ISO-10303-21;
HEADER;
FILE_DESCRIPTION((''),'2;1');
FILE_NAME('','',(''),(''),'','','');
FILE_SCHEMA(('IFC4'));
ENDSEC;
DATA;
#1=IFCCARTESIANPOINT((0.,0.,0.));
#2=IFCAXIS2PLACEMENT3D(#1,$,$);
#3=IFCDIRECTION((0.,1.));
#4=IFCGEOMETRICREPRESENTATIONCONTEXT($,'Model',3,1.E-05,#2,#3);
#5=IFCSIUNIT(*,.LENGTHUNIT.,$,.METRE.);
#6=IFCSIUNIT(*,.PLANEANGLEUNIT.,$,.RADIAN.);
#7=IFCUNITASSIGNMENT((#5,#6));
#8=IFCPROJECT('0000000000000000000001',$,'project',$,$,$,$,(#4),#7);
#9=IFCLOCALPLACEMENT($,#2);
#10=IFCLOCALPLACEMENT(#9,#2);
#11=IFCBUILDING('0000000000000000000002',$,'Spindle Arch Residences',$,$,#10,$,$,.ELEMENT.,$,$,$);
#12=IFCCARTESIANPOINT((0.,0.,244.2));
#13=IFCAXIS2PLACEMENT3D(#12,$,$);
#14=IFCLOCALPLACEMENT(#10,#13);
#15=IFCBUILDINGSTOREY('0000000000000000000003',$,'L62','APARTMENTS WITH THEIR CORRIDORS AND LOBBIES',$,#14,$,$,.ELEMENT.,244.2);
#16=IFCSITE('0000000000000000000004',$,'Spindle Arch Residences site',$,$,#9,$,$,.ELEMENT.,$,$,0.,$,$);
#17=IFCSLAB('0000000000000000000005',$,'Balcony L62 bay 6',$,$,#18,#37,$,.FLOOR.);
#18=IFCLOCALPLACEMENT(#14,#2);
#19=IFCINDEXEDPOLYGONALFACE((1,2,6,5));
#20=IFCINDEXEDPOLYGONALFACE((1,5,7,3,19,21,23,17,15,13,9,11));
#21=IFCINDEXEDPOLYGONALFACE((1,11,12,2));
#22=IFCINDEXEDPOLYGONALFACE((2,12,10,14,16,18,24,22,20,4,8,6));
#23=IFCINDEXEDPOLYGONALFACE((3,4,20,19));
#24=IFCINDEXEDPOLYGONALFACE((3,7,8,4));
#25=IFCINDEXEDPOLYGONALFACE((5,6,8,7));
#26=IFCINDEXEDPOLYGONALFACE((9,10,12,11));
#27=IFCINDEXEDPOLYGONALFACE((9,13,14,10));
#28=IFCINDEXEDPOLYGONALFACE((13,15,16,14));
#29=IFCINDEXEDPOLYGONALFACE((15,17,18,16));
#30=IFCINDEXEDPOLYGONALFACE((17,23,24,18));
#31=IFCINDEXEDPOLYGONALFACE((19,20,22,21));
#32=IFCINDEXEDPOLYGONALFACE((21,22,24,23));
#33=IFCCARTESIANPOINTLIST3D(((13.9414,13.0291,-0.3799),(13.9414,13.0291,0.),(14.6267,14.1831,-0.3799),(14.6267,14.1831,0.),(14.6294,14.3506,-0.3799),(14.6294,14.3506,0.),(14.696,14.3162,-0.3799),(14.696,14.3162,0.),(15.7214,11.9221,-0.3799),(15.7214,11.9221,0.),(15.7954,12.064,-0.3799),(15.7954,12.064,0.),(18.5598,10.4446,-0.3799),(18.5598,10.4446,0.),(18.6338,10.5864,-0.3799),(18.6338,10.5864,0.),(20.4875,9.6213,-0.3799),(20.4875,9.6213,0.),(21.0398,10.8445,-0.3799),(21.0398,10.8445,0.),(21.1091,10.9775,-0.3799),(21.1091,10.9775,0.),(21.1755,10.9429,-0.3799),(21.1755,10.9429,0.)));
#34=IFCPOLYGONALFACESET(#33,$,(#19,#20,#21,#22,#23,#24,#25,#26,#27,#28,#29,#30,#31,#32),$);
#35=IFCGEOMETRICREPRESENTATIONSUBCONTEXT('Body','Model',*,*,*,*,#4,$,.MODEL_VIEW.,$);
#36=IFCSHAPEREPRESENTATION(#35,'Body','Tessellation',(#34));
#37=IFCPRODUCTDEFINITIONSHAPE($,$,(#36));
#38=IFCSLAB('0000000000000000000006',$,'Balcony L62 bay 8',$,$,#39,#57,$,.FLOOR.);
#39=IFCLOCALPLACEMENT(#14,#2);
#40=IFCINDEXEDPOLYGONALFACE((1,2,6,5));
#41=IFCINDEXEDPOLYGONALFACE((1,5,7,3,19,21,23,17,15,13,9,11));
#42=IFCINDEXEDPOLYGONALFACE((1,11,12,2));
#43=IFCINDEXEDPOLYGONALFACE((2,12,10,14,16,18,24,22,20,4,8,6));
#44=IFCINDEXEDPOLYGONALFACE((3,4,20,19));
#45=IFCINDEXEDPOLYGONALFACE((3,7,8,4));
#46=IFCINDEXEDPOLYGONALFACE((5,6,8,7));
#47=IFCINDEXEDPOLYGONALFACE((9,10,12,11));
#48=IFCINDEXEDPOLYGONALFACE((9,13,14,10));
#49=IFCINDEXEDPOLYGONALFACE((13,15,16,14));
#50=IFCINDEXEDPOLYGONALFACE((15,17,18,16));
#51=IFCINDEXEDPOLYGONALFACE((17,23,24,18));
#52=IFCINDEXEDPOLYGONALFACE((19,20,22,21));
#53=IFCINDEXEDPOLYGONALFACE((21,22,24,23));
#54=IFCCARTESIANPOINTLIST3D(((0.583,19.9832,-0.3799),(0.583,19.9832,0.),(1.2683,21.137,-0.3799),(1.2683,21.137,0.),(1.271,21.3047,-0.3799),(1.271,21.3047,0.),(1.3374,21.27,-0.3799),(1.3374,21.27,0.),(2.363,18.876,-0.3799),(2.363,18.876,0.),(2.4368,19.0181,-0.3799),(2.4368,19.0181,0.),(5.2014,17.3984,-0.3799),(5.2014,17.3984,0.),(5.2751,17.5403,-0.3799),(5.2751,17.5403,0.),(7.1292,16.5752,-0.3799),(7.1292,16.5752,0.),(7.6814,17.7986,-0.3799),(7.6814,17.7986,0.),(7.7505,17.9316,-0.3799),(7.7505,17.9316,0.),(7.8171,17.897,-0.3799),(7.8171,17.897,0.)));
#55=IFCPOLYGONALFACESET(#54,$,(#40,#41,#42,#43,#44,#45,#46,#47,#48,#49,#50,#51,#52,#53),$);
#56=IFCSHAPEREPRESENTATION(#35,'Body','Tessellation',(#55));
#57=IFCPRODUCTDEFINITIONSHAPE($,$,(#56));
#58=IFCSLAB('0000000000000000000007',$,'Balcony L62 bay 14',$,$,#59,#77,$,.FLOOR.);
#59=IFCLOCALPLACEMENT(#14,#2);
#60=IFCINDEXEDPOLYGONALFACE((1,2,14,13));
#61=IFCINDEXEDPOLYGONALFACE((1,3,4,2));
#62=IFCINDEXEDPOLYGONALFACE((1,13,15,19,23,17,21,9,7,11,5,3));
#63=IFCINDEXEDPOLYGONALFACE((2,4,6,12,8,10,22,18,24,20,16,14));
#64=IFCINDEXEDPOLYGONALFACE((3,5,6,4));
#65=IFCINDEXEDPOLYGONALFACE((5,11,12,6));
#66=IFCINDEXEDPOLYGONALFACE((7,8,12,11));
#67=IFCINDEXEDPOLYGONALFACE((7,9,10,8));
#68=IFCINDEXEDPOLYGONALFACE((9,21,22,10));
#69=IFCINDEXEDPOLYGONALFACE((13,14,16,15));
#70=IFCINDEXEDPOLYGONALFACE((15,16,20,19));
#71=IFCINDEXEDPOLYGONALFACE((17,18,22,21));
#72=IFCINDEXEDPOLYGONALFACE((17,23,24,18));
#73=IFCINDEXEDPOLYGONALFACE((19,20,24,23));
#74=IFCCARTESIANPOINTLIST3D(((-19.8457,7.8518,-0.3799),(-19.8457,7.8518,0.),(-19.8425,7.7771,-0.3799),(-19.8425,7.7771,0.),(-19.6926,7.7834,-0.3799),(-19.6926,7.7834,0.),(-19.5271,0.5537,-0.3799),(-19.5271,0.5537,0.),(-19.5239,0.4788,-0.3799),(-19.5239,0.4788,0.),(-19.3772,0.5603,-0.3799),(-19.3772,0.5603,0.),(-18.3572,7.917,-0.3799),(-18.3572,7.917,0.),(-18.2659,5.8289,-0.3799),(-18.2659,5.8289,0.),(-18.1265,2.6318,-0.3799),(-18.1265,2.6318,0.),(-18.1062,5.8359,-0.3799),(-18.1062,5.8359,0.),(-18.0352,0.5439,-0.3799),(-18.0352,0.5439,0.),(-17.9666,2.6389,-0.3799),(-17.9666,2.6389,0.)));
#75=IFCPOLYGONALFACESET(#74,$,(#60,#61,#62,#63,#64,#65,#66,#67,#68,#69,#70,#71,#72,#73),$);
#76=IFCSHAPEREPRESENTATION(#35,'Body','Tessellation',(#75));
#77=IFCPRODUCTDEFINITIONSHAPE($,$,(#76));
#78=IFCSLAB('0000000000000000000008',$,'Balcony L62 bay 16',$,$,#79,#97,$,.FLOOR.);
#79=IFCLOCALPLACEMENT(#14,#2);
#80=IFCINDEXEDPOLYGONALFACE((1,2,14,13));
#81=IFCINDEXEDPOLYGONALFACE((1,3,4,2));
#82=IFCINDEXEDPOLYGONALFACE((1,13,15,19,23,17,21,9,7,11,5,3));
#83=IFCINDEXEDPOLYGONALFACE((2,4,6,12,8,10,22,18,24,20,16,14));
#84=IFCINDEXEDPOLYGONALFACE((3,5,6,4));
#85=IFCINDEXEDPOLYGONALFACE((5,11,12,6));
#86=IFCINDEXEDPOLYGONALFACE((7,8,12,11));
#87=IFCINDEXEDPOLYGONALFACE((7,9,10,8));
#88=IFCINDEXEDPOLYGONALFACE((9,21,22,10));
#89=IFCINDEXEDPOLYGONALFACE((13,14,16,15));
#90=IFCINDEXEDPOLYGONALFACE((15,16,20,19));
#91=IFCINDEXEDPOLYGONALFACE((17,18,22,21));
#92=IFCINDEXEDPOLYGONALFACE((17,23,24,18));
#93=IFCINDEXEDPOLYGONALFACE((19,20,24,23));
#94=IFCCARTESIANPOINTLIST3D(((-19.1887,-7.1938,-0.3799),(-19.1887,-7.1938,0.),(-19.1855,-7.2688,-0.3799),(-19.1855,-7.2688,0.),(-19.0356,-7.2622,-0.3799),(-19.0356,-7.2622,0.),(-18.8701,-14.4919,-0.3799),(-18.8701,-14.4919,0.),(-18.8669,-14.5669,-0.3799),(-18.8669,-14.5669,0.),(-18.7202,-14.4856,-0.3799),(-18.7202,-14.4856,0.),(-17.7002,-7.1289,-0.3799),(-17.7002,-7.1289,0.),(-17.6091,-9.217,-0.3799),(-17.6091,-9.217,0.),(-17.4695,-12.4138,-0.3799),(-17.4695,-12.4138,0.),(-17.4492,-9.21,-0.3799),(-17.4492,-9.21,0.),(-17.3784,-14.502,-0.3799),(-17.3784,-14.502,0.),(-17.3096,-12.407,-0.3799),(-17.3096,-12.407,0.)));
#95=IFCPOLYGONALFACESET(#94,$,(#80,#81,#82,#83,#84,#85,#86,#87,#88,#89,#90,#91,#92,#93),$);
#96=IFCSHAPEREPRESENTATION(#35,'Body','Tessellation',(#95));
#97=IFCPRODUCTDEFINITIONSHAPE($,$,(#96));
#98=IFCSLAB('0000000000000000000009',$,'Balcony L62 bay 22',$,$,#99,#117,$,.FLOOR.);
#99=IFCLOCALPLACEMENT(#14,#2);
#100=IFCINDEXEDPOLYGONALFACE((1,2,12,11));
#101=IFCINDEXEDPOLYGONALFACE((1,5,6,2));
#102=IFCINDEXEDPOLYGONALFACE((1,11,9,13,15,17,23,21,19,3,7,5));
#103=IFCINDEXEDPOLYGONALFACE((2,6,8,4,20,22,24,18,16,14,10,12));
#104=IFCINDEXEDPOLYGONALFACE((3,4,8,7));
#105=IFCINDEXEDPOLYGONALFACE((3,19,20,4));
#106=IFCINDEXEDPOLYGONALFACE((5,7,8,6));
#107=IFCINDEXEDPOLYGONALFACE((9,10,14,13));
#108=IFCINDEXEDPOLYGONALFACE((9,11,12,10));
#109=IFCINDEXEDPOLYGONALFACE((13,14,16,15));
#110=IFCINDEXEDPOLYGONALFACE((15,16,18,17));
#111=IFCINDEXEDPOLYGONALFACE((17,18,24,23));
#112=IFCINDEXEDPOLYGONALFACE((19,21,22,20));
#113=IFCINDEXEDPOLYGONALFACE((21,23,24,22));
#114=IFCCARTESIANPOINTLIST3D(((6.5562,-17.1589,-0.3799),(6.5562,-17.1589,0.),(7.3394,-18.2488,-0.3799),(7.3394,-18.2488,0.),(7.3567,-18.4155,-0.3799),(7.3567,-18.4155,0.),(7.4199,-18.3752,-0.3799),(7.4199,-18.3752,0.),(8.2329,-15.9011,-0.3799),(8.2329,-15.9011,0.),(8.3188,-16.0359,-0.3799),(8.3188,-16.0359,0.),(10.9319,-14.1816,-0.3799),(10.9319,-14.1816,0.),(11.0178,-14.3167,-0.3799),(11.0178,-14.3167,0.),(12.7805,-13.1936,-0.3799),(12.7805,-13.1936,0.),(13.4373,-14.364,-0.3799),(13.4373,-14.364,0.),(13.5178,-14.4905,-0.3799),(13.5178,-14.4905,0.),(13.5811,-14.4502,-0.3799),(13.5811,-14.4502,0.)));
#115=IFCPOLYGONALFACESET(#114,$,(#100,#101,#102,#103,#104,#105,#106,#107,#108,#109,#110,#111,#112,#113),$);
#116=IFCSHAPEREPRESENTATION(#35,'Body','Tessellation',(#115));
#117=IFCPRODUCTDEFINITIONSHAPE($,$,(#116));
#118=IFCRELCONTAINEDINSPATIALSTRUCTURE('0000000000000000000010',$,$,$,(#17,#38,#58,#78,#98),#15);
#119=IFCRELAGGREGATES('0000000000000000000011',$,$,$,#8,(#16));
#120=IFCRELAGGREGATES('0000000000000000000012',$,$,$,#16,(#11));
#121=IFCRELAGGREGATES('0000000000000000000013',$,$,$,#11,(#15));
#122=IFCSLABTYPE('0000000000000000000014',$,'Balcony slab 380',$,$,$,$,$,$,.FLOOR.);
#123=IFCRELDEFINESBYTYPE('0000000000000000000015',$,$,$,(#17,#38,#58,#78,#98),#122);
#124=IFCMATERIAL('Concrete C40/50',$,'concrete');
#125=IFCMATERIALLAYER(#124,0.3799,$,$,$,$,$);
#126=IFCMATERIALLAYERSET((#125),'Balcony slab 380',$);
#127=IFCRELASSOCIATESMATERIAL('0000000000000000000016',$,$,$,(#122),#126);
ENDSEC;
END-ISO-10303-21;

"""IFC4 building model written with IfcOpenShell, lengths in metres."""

from ifc_helpers import new_model, si_unit, direction, frame, origin, place, context, subcontext, project, spatial, polyline, outline, extrude, material, layer, layer_set, type_object, element, save


model = new_model("IFC4")

# Units and contexts
model_context = context("Model", 3, precision=1e-05, world=origin(), true_north=direction((0.0, 1.0)))
body_context = subcontext(model_context, "Body", "Model", "MODEL_VIEW")
ifc_project = project(units=[si_unit("LENGTHUNIT", "METRE"), si_unit("PLANEANGLEUNIT", "RADIAN")], contexts=[model_context])

# Site, building, storey
site_placement = place(None, origin())
site = spatial("IfcSite", under=ifc_project, at=site_placement, Name="Spindle Arch Residences site", CompositionType="ELEMENT", RefElevation=0.0)
building_placement = place(site_placement, origin())
building = spatial("IfcBuilding", under=site, at=building_placement, Name="Spindle Arch Residences", CompositionType="ELEMENT")
storey_placement = place(building_placement, frame((0.0, 0.0, 244.2)))
storey = spatial("IfcBuildingStorey", under=building, at=storey_placement, Name="L62", Description="APARTMENTS WITH THEIR CORRIDORS AND LOBBIES", CompositionType="ELEMENT", Elevation=244.2)

# Slabs
ifc_material_1 = material(Name="Concrete C40/50", Category="concrete")
ifc_layer_1 = layer(ifc_material_1, 0.3799)
ifc_layer_set_1 = layer_set([ifc_layer_1], Name="Balcony slab 380")
slab_type_1 = type_object("IfcSlabType", Name="Balcony slab 380", PredefinedType="FLOOR", material=ifc_layer_set_1)
slab_1_placement = place(storey_placement, frame((0.0, 0.0, -0.3799)))
element("IfcSlab", 1, at=slab_1_placement, inside=storey, type_object=slab_type_1, Name="Balcony L62 bay 6", PredefinedType="FLOOR", context=body_context, shape_type="SweptSolid", body=[
    extrude(outline(polyline([(21.1755, 10.9429), (21.1091, 10.9775), (21.0398, 10.8445), (14.6267, 14.1831), (14.696, 14.3162), (14.6294, 14.3506), (13.9414, 13.0291), (15.7954, 12.064), (15.7214, 11.9221), (18.5598, 10.4446), (18.6338, 10.5864), (20.4875, 9.6213), (21.1755, 10.9429)])), origin(), (0.0, 0.0, 1.0), 0.3799),
])
slab_2_placement = place(storey_placement, frame((0.0, 0.0, -0.3799)))
element("IfcSlab", 2, at=slab_2_placement, inside=storey, type_object=slab_type_1, Name="Balcony L62 bay 8", PredefinedType="FLOOR", context=body_context, shape_type="SweptSolid", body=[
    extrude(outline(polyline([(7.8171, 17.897), (7.7505, 17.9316), (7.6814, 17.7986), (1.2683, 21.137), (1.3374, 21.27), (1.271, 21.3047), (0.583, 19.9832), (2.4368, 19.0181), (2.363, 18.876), (5.2014, 17.3984), (5.2751, 17.5403), (7.1292, 16.5752), (7.8171, 17.897)])), origin(), (0.0, 0.0, 1.0), 0.3799),
])
slab_3_placement = place(storey_placement, frame((0.0, 0.0, -0.3799)))
element("IfcSlab", 3, at=slab_3_placement, inside=storey, type_object=slab_type_1, Name="Balcony L62 bay 14", PredefinedType="FLOOR", context=body_context, shape_type="SweptSolid", body=[
    extrude(outline(polyline([(-19.8457, 7.8518), (-19.8425, 7.7771), (-19.6926, 7.7834), (-19.3772, 0.5603), (-19.5271, 0.5537), (-19.5239, 0.4788), (-18.0352, 0.5439), (-18.1265, 2.6318), (-17.9666, 2.6389), (-18.1062, 5.8359), (-18.2659, 5.8289), (-18.3572, 7.917), (-19.8457, 7.8518)])), origin(), (0.0, 0.0, 1.0), 0.3799),
])
slab_4_placement = place(storey_placement, frame((0.0, 0.0, -0.3799)))
element("IfcSlab", 4, at=slab_4_placement, inside=storey, type_object=slab_type_1, Name="Balcony L62 bay 16", PredefinedType="FLOOR", context=body_context, shape_type="SweptSolid", body=[
    extrude(outline(polyline([(-19.1887, -7.1938), (-19.1855, -7.2688), (-19.0356, -7.2622), (-18.7202, -14.4856), (-18.8701, -14.4919), (-18.8669, -14.5669), (-17.3784, -14.502), (-17.4695, -12.4138), (-17.3096, -12.407), (-17.4492, -9.21), (-17.6091, -9.217), (-17.7002, -7.1289), (-19.1887, -7.1938)])), origin(), (0.0, 0.0, 1.0), 0.3799),
])
slab_5_placement = place(storey_placement, frame((0.0, 0.0, -0.3799)))
element("IfcSlab", 5, at=slab_5_placement, inside=storey, type_object=slab_type_1, Name="Balcony L62 bay 22", PredefinedType="FLOOR", context=body_context, shape_type="SweptSolid", body=[
    extrude(outline(polyline([(7.3567, -18.4155), (7.4199, -18.3752), (7.3394, -18.2488), (13.4373, -14.364), (13.5178, -14.4905), (13.5811, -14.4502), (12.7805, -13.1936), (11.0178, -14.3167), (10.9319, -14.1816), (8.2329, -15.9011), (8.3188, -16.0359), (6.5562, -17.1589), (7.3567, -18.4155)])), origin(), (0.0, 0.0, 1.0), 0.3799),
])

save(model, "model.ifc")
